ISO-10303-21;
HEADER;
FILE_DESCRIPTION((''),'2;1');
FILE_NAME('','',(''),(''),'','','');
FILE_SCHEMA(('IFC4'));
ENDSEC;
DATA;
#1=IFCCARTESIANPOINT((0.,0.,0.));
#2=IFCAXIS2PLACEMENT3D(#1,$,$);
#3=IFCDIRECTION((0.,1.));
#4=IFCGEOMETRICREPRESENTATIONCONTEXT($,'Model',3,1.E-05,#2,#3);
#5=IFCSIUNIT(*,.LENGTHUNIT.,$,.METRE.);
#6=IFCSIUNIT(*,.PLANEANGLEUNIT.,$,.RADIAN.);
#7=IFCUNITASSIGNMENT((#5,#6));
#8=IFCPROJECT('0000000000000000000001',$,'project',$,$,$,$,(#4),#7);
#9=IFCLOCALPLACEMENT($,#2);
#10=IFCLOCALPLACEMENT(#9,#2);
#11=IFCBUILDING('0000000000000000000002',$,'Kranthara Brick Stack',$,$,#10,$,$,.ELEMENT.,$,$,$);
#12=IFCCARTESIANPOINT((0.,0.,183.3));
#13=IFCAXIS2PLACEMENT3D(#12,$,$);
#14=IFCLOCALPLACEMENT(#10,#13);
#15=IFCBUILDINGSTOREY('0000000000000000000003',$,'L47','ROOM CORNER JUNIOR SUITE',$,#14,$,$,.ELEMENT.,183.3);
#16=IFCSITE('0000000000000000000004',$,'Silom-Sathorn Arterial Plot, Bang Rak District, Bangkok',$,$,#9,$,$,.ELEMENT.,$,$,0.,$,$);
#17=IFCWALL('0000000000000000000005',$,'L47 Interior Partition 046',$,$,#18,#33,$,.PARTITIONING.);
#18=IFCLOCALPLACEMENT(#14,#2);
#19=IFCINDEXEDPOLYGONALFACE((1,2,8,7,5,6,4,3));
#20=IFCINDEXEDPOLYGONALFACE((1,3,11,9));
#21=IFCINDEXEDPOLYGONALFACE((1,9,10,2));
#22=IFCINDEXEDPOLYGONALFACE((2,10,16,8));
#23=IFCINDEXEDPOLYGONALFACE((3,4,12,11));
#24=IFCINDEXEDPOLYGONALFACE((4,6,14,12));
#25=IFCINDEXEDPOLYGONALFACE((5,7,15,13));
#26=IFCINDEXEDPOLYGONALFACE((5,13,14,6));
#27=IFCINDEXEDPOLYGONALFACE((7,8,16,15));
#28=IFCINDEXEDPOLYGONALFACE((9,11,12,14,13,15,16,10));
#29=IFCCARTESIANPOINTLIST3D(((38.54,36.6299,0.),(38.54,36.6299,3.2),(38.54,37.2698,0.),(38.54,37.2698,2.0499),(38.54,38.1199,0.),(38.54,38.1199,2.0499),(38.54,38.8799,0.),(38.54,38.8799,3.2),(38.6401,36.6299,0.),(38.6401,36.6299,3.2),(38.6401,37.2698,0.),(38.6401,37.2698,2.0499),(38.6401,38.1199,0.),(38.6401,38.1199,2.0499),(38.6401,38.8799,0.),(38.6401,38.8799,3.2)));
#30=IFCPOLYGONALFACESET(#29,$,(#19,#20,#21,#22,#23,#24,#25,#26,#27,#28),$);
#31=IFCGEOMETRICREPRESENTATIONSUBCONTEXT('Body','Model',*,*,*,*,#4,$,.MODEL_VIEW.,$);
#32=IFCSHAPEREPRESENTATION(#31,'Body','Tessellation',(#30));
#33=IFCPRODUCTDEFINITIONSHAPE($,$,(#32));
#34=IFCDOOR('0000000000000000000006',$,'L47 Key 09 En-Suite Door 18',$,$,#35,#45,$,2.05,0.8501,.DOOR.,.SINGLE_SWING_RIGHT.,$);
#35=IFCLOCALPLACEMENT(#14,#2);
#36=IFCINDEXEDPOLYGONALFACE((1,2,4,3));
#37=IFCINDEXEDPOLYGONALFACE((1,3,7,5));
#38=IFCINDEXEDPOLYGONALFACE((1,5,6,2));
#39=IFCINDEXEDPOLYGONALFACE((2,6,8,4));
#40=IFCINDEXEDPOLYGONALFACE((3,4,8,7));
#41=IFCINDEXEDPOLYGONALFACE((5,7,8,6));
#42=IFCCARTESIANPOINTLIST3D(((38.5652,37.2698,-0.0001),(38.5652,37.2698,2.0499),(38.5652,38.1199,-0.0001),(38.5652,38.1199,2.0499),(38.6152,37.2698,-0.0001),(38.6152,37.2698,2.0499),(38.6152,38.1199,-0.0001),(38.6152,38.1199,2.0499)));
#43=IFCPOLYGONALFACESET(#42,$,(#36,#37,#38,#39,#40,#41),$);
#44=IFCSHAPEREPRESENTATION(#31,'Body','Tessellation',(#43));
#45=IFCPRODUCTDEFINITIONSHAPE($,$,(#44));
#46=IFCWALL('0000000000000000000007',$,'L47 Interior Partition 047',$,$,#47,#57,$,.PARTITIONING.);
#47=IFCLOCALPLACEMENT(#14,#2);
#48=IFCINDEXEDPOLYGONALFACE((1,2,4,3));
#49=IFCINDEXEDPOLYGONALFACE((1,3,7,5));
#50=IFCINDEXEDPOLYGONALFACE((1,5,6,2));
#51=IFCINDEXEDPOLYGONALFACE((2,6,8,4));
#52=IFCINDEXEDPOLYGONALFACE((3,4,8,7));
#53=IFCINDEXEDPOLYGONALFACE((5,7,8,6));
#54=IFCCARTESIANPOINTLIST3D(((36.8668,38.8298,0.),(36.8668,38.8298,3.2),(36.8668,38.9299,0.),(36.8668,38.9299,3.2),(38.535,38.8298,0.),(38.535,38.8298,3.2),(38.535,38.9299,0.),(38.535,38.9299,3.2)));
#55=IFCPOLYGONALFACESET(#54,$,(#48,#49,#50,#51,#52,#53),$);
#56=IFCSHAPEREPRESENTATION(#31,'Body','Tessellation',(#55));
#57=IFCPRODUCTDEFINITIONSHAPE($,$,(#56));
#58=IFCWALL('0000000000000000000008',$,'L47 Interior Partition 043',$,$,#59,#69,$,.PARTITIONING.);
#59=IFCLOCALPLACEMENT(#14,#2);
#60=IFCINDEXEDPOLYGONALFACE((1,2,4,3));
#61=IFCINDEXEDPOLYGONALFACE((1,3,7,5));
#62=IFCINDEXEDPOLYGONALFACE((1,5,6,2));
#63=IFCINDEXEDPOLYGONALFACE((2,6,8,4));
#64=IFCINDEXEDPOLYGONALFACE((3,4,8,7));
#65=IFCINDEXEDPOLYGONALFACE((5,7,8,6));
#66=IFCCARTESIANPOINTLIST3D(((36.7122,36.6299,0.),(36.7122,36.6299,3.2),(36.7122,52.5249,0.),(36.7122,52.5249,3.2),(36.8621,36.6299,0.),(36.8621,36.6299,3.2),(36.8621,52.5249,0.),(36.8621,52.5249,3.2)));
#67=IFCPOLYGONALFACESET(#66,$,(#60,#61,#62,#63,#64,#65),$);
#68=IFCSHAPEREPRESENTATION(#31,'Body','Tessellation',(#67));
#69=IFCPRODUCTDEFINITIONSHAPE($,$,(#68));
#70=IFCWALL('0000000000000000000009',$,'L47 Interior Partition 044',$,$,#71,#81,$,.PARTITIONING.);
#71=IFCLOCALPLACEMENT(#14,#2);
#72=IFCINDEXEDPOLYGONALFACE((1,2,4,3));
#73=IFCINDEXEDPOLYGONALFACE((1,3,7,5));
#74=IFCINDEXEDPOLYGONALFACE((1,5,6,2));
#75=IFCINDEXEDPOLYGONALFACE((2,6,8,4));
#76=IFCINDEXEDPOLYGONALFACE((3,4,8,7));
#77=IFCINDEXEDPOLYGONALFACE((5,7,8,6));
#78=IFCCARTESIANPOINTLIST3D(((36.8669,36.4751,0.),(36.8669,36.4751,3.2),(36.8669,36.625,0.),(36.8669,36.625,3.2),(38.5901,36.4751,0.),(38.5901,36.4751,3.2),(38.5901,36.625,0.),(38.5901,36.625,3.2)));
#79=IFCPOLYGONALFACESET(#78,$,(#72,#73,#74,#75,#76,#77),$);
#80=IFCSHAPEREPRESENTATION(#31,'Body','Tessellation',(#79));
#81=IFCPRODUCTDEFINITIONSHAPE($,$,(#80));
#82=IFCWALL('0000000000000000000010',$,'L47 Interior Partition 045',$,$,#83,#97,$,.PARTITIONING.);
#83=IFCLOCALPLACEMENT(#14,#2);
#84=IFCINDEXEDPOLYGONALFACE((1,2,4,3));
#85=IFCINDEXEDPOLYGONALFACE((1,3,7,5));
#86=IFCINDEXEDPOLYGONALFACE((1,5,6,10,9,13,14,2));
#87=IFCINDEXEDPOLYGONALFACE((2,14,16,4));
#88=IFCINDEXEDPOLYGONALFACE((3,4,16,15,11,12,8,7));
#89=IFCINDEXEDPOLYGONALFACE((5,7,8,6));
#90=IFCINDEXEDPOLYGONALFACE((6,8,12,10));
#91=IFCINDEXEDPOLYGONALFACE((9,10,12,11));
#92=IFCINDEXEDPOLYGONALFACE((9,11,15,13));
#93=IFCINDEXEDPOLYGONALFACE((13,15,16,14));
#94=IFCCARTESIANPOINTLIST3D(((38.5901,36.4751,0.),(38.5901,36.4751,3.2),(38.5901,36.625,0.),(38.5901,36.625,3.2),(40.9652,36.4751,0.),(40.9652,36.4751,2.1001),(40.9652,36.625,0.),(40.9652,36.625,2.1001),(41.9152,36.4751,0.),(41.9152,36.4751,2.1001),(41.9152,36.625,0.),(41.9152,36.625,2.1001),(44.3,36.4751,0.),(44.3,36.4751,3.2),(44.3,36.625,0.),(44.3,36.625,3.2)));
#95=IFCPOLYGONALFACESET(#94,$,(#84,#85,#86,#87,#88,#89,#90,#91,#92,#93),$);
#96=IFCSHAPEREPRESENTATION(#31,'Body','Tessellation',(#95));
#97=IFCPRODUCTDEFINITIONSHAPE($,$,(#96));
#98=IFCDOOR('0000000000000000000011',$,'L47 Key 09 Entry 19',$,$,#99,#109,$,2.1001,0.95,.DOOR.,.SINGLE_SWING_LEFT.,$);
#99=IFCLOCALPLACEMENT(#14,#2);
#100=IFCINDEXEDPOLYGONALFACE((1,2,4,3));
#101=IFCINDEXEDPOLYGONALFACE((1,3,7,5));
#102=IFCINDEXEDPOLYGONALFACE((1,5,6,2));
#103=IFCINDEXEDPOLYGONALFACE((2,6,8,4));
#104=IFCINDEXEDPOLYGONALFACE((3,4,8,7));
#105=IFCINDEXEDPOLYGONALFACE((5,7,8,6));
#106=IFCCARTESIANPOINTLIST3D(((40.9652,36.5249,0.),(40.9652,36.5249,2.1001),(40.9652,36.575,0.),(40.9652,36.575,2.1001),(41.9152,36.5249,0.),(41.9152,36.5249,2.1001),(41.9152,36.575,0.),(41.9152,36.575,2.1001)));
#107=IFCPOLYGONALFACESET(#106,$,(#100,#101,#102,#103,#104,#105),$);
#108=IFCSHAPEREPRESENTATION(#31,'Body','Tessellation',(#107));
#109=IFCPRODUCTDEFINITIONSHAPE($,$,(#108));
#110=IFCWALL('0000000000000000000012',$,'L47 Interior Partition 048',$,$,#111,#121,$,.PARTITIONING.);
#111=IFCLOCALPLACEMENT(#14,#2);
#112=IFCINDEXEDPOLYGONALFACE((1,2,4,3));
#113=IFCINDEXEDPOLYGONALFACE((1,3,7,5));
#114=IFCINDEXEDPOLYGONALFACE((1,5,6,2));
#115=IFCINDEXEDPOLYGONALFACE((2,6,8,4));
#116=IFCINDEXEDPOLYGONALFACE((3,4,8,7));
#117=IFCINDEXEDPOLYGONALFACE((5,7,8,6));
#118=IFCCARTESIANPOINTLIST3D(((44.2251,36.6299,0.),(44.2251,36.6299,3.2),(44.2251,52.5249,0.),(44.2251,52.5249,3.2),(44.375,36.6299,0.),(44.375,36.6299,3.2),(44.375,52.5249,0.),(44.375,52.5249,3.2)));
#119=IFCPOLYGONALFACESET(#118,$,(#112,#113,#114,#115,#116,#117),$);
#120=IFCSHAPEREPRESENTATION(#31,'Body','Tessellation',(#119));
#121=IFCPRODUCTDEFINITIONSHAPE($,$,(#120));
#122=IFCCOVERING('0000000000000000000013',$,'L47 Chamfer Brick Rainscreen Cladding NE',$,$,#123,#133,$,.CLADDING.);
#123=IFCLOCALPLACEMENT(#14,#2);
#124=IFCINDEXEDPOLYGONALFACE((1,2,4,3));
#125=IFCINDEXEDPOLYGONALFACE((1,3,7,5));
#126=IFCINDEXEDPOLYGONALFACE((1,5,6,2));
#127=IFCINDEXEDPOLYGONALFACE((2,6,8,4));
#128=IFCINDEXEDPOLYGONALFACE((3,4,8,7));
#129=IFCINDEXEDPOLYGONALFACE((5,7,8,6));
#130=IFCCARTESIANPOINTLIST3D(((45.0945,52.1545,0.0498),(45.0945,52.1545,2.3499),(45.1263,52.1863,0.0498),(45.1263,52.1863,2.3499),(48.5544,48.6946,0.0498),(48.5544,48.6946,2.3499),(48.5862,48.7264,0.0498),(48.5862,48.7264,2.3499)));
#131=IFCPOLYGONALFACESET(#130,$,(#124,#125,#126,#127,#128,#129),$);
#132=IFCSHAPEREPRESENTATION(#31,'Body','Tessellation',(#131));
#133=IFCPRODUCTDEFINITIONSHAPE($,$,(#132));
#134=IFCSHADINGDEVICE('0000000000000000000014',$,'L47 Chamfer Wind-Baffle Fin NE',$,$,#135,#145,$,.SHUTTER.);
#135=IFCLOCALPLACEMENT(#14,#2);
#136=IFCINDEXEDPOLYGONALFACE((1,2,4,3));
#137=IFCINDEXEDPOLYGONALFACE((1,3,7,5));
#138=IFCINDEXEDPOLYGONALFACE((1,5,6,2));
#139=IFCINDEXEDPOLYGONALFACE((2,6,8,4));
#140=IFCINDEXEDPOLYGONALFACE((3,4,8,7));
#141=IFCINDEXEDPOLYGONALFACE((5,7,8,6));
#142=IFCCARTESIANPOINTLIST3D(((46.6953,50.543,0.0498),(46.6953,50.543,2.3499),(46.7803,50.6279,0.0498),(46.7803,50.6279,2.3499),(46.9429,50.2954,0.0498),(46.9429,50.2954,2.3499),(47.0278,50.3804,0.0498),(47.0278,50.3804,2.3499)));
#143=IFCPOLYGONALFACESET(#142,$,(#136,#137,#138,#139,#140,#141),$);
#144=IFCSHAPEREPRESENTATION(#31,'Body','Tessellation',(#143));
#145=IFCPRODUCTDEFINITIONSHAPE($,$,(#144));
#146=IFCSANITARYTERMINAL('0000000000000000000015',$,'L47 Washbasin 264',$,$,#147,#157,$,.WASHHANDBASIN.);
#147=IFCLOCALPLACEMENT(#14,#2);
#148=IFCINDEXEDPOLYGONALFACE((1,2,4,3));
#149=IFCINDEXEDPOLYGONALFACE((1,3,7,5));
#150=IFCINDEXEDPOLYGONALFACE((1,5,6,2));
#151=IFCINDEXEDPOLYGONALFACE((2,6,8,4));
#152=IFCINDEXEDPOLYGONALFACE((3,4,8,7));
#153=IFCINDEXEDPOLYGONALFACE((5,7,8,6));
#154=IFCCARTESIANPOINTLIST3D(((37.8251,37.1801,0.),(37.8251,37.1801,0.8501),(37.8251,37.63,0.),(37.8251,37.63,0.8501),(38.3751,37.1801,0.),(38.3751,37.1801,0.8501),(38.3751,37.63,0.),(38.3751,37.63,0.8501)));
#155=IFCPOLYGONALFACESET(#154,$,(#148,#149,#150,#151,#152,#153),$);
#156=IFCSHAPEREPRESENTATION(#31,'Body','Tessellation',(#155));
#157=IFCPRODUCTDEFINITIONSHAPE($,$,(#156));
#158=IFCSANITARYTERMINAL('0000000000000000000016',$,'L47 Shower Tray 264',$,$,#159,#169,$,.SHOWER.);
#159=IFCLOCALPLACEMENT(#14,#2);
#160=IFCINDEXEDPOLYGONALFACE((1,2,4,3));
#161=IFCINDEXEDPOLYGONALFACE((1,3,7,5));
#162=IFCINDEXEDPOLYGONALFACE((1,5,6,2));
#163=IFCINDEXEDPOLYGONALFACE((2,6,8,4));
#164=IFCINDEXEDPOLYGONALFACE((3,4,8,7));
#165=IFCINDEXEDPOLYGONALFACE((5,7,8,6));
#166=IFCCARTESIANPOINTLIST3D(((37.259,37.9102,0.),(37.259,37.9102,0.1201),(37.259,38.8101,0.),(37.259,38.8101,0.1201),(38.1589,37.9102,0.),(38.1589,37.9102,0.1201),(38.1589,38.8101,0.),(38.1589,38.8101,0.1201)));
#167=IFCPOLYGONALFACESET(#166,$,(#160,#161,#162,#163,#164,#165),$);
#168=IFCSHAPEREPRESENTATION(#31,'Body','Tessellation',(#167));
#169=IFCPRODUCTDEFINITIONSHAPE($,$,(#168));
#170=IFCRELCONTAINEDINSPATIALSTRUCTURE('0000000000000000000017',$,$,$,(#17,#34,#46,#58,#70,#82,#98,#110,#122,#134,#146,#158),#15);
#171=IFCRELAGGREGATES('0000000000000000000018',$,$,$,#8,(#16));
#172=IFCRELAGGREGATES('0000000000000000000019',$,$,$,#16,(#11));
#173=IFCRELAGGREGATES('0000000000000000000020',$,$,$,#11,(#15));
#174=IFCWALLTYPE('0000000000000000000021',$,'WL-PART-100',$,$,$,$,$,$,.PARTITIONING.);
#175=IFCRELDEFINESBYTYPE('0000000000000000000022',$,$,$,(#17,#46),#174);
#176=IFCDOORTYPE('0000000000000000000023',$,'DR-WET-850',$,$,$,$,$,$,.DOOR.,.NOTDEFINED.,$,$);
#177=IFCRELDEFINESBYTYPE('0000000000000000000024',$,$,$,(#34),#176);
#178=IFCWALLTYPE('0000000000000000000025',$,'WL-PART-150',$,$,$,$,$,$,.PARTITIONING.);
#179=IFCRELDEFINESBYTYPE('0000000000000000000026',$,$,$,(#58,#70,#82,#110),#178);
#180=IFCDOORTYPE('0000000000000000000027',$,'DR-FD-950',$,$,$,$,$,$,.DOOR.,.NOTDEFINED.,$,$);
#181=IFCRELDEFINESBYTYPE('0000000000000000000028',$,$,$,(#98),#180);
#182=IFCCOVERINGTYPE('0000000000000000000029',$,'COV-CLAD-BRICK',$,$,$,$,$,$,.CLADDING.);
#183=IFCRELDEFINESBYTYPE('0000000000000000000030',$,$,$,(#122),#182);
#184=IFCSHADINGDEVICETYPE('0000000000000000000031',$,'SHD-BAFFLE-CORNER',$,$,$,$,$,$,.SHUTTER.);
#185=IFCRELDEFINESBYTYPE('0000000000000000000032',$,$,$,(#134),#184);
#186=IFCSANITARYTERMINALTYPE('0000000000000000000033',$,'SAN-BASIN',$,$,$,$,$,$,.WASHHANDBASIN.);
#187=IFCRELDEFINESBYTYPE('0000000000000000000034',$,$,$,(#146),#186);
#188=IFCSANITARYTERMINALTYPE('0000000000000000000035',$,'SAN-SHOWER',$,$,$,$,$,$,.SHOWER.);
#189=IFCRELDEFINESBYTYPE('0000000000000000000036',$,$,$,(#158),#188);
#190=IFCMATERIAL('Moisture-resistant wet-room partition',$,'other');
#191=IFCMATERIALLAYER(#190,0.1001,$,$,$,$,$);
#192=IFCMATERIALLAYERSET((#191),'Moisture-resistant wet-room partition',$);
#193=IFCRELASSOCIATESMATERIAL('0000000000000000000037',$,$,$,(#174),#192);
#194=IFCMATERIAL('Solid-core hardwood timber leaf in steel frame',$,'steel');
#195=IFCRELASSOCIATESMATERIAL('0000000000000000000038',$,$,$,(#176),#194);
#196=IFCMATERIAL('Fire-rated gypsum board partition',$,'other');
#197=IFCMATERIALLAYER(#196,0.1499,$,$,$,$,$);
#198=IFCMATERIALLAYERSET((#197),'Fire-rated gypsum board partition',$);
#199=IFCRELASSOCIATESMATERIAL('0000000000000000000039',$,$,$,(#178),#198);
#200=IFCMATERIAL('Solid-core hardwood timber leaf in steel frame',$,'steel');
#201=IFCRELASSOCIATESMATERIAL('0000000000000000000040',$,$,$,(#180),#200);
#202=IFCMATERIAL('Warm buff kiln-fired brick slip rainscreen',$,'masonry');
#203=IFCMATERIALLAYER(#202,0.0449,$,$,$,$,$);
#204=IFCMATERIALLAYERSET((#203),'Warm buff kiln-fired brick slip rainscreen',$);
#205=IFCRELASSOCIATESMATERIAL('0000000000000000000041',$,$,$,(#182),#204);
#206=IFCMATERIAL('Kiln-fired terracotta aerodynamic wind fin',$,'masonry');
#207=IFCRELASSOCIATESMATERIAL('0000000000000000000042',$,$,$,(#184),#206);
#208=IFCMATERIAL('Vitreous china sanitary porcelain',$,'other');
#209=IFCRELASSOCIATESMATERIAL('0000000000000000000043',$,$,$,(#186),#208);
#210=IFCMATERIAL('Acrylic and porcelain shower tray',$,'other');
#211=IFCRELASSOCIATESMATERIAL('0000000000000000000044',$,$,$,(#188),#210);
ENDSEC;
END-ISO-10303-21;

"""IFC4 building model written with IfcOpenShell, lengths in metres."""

from ifc_helpers import new_model, si_unit, direction, frame, frame_2d, origin, origin_2d, place, context, subcontext, project, spatial, rectangle, extrude, material, layer, layer_set, type_object, element, fill, save


model = new_model("IFC4")

# Units and contexts
model_context = context("Model", 3, precision=1e-05, world=origin(), true_north=direction((0.0, 1.0)))
body_context = subcontext(model_context, "Body", "Model", "MODEL_VIEW")
ifc_project = project(units=[si_unit("LENGTHUNIT", "METRE"), si_unit("PLANEANGLEUNIT", "RADIAN")], contexts=[model_context])

# Site, building, storey
site_placement = place(None, origin())
site = spatial("IfcSite", under=ifc_project, at=site_placement, Name="Silom-Sathorn Arterial Plot, Bang Rak District, Bangkok", CompositionType="ELEMENT", RefElevation=0.0)
building_placement = place(site_placement, origin())
building = spatial("IfcBuilding", under=site, at=building_placement, Name="Kranthara Brick Stack", CompositionType="ELEMENT")
storey_placement = place(building_placement, frame((0.0, 0.0, 183.3)))
storey = spatial("IfcBuildingStorey", under=building, at=storey_placement, Name="L47", Description="ROOM CORNER JUNIOR SUITE", CompositionType="ELEMENT", Elevation=183.3)

# Wall, opening, door
ifc_material_1 = material(Name="Moisture-resistant wet-room partition", Category="other")
ifc_layer_1 = layer(ifc_material_1, 0.1001)
ifc_layer_set_1 = layer_set([ifc_layer_1], Name="Moisture-resistant wet-room partition")
wall_type_1 = type_object("IfcWallType", Name="WL-PART-100", PredefinedType="PARTITIONING", material=ifc_layer_set_1)
wall_1_placement = place(storey_placement, frame((38.5901, 36.6299, 0.0), z_axis=(0.0, 0.0, 1.0), x_axis=(0.0, 1.0, 0.0)))
wall_1 = element("IfcWall", 1, at=wall_1_placement, inside=storey, type_object=wall_type_1, Name="L47 Interior Partition 046", PredefinedType="PARTITIONING", context=body_context, shape_type="SweptSolid", body=[
    extrude(rectangle(XDim=2.25, YDim=0.1001, at=frame_2d((1.125, 0.0))), origin(), (0.0, 0.0, 1.0), 3.2),
])
opening_1_placement = place(wall_1_placement, frame((0.6399, 0.0, 0.0)))
opening_1 = element("IfcOpeningElement", 2, at=opening_1_placement, cuts=wall_1, PredefinedType="OPENING", context=body_context, shape_type="SweptSolid", body=[
    extrude(rectangle(XDim=0.8501, YDim=2.05, at=frame_2d((0.425, 1.0249))), frame((0.0, 0.0601, 0.0), z_axis=(0.0, -1.0, 0.0), x_axis=(1.0, 0.0, 0.0)), (0.0, 0.0, 1.0), 0.1201),
])
ifc_material_2 = material(Name="Solid-core hardwood timber leaf in steel frame", Category="steel")
door_type_1 = type_object("IfcDoorType", Name="DR-WET-850", OperationType="NOTDEFINED", PredefinedType="DOOR", material=ifc_material_2)
door_1_placement = place(opening_1_placement, origin())
door_1 = element("IfcDoor", 3, at=door_1_placement, inside=storey, type_object=door_type_1, Name="L47 Key 09 En-Suite Door 18", OperationType="SINGLE_SWING_RIGHT", OverallHeight=2.05, OverallWidth=0.8501, PredefinedType="DOOR", context=body_context, shape_type="SweptSolid", body=[
    extrude(rectangle(XDim=0.8501, YDim=2.05, at=frame_2d((0.425, 1.0249))), frame((0.0, 0.0249, 0.0), z_axis=(0.0, -1.0, 0.0), x_axis=(1.0, 0.0, 0.0)), (0.0, 0.0, 1.0), 0.05),
])
fill(opening_1, door_1)

# Walls
wall_2_placement = place(storey_placement, frame((36.8669, 38.8799, 0.0), z_axis=(0.0, 0.0, 1.0), x_axis=(1.0, 0.0, 0.0)))
element("IfcWall", 4, at=wall_2_placement, inside=storey, type_object=wall_type_1, Name="L47 Interior Partition 047", PredefinedType="PARTITIONING", context=body_context, shape_type="SweptSolid", body=[
    extrude(rectangle(XDim=1.6682, YDim=0.1001, at=frame_2d((0.834, 0.0))), origin(), (0.0, 0.0, 1.0), 3.2),
])
ifc_material_3 = material(Name="Fire-rated gypsum board partition", Category="other")
ifc_layer_2 = layer(ifc_material_3, 0.1499)
ifc_layer_set_2 = layer_set([ifc_layer_2], Name="Fire-rated gypsum board partition")
wall_type_2 = type_object("IfcWallType", Name="WL-PART-150", PredefinedType="PARTITIONING", material=ifc_layer_set_2)
wall_3_placement = place(storey_placement, frame((36.7871, 36.6299, 0.0), z_axis=(0.0, 0.0, 1.0), x_axis=(0.0, 1.0, 0.0)))
element("IfcWall", 5, at=wall_3_placement, inside=storey, type_object=wall_type_2, Name="L47 Interior Partition 043", PredefinedType="PARTITIONING", context=body_context, shape_type="SweptSolid", body=[
    extrude(rectangle(XDim=15.895, YDim=0.1499, at=frame_2d((7.9475, 0.0))), origin(), (0.0, 0.0, 1.0), 3.2),
])
wall_4_placement = place(storey_placement, frame((36.8669, 36.55, 0.0), z_axis=(0.0, 0.0, 1.0), x_axis=(1.0, 0.0, 0.0)))
element("IfcWall", 6, at=wall_4_placement, inside=storey, type_object=wall_type_2, Name="L47 Interior Partition 044", PredefinedType="PARTITIONING", context=body_context, shape_type="SweptSolid", body=[
    extrude(rectangle(XDim=1.7231, YDim=0.1499, at=frame_2d((0.8616, 0.0))), origin(), (0.0, 0.0, 1.0), 3.2),
])

# Wall, opening, door
wall_5_placement = place(storey_placement, frame((38.5901, 36.55, 0.0), z_axis=(0.0, 0.0, 1.0), x_axis=(1.0, 0.0, 0.0)))
wall_5 = element("IfcWall", 7, at=wall_5_placement, inside=storey, type_object=wall_type_2, Name="L47 Interior Partition 045", PredefinedType="PARTITIONING", context=body_context, shape_type="SweptSolid", body=[
    extrude(rectangle(XDim=5.71, YDim=0.1499, at=frame_2d((2.855, 0.0))), origin(), (0.0, 0.0, 1.0), 3.2),
])
opening_2_placement = place(wall_5_placement, frame((2.375, 0.0, 0.0)))
opening_2 = element("IfcOpeningElement", 8, at=opening_2_placement, cuts=wall_5, PredefinedType="OPENING", context=body_context, shape_type="SweptSolid", body=[
    extrude(rectangle(XDim=0.95, YDim=2.1001, at=frame_2d((0.4751, 1.05))), frame((0.0, 0.085, 0.0), z_axis=(0.0, -1.0, 0.0), x_axis=(1.0, 0.0, 0.0)), (0.0, 0.0, 1.0), 0.1699),
])
ifc_material_4 = material(Name="Solid-core hardwood timber leaf in steel frame", Category="steel")
door_type_2 = type_object("IfcDoorType", Name="DR-FD-950", OperationType="NOTDEFINED", PredefinedType="DOOR", material=ifc_material_4)
door_2_placement = place(opening_2_placement, origin())
door_2 = element("IfcDoor", 9, at=door_2_placement, inside=storey, type_object=door_type_2, Name="L47 Key 09 Entry 19", OperationType="SINGLE_SWING_LEFT", OverallHeight=2.1001, OverallWidth=0.95, PredefinedType="DOOR", context=body_context, shape_type="SweptSolid", body=[
    extrude(rectangle(XDim=0.95, YDim=2.1001, at=frame_2d((0.4751, 1.05))), frame((0.0, 0.0249, 0.0), z_axis=(0.0, -1.0, 0.0), x_axis=(1.0, 0.0, 0.0)), (0.0, 0.0, 1.0), 0.05),
])
fill(opening_2, door_2)

# Wall
wall_6_placement = place(storey_placement, frame((44.3, 36.6299, 0.0), z_axis=(0.0, 0.0, 1.0), x_axis=(0.0, 1.0, 0.0)))
element("IfcWall", 10, at=wall_6_placement, inside=storey, type_object=wall_type_2, Name="L47 Interior Partition 048", PredefinedType="PARTITIONING", context=body_context, shape_type="SweptSolid", body=[
    extrude(rectangle(XDim=15.895, YDim=0.1499, at=frame_2d((7.9475, 0.0))), origin(), (0.0, 0.0, 1.0), 3.2),
])

# Covering
ifc_material_5 = material(Name="Warm buff kiln-fired brick slip rainscreen", Category="masonry")
ifc_layer_3 = layer(ifc_material_5, 0.0449)
ifc_layer_set_3 = layer_set([ifc_layer_3], Name="Warm buff kiln-fired brick slip rainscreen")
covering_type = type_object("IfcCoveringType", Name="COV-CLAD-BRICK", PredefinedType="CLADDING", material=ifc_layer_set_3)
covering_placement = place(storey_placement, frame((46.8403, 50.4404, 0.0498), z_axis=(0.0, 0.0, 1.0), x_axis=(0.707107, -0.707107, 0.0)))
element("IfcCovering", 11, at=covering_placement, inside=storey, type_object=covering_type, Name="L47 Chamfer Brick Rainscreen Cladding NE", PredefinedType="CLADDING", context=body_context, shape_type="SweptSolid", body=[
    extrude(rectangle(XDim=4.8931, YDim=0.0449, at=origin_2d()), origin(), (0.0, 0.0, 1.0), 2.3),
])

# Shading device
ifc_material_6 = material(Name="Kiln-fired terracotta aerodynamic wind fin", Category="masonry")
shading_device_type = type_object("IfcShadingDeviceType", Name="SHD-BAFFLE-CORNER", PredefinedType="SHUTTER", material=ifc_material_6)
shading_device_placement = place(storey_placement, frame((46.8616, 50.4617, 0.0498), z_axis=(0.0, 0.0, 1.0), x_axis=(0.707107, -0.707107, 0.0)))
element("IfcShadingDevice", 12, at=shading_device_placement, inside=storey, type_object=shading_device_type, Name="L47 Chamfer Wind-Baffle Fin NE", PredefinedType="SHUTTER", context=body_context, shape_type="SweptSolid", body=[
    extrude(rectangle(XDim=0.3501, YDim=0.1201, at=origin_2d()), origin(), (0.0, 0.0, 1.0), 2.3),
])

# Sanitary terminals
ifc_material_7 = material(Name="Vitreous china sanitary porcelain", Category="other")
sanitary_terminal_type_1 = type_object("IfcSanitaryTerminalType", Name="SAN-BASIN", PredefinedType="WASHHANDBASIN", material=ifc_material_7)
sanitary_terminal_1_placement = place(storey_placement, frame((38.1001, 37.405, 0.0), z_axis=(0.0, 0.0, 1.0), x_axis=(1.0, 0.0, 0.0)))
element("IfcSanitaryTerminal", 13, at=sanitary_terminal_1_placement, inside=storey, type_object=sanitary_terminal_type_1, Name="L47 Washbasin 264", PredefinedType="WASHHANDBASIN", context=body_context, shape_type="SweptSolid", body=[
    extrude(rectangle(XDim=0.55, YDim=0.45, at=origin_2d()), origin(), (0.0, 0.0, 1.0), 0.8501),
])
ifc_material_8 = material(Name="Acrylic and porcelain shower tray", Category="other")
sanitary_terminal_type_2 = type_object("IfcSanitaryTerminalType", Name="SAN-SHOWER", PredefinedType="SHOWER", material=ifc_material_8)
sanitary_terminal_2_placement = place(storey_placement, frame((37.709, 38.3601, 0.0), z_axis=(0.0, 0.0, 1.0), x_axis=(1.0, 0.0, 0.0)))
element("IfcSanitaryTerminal", 14, at=sanitary_terminal_2_placement, inside=storey, type_object=sanitary_terminal_type_2, Name="L47 Shower Tray 264", PredefinedType="SHOWER", context=body_context, shape_type="SweptSolid", body=[
    extrude(rectangle(XDim=0.8999, YDim=0.8999, at=origin_2d()), origin(), (0.0, 0.0, 1.0), 0.1201),
])

save(model, "model.ifc")
